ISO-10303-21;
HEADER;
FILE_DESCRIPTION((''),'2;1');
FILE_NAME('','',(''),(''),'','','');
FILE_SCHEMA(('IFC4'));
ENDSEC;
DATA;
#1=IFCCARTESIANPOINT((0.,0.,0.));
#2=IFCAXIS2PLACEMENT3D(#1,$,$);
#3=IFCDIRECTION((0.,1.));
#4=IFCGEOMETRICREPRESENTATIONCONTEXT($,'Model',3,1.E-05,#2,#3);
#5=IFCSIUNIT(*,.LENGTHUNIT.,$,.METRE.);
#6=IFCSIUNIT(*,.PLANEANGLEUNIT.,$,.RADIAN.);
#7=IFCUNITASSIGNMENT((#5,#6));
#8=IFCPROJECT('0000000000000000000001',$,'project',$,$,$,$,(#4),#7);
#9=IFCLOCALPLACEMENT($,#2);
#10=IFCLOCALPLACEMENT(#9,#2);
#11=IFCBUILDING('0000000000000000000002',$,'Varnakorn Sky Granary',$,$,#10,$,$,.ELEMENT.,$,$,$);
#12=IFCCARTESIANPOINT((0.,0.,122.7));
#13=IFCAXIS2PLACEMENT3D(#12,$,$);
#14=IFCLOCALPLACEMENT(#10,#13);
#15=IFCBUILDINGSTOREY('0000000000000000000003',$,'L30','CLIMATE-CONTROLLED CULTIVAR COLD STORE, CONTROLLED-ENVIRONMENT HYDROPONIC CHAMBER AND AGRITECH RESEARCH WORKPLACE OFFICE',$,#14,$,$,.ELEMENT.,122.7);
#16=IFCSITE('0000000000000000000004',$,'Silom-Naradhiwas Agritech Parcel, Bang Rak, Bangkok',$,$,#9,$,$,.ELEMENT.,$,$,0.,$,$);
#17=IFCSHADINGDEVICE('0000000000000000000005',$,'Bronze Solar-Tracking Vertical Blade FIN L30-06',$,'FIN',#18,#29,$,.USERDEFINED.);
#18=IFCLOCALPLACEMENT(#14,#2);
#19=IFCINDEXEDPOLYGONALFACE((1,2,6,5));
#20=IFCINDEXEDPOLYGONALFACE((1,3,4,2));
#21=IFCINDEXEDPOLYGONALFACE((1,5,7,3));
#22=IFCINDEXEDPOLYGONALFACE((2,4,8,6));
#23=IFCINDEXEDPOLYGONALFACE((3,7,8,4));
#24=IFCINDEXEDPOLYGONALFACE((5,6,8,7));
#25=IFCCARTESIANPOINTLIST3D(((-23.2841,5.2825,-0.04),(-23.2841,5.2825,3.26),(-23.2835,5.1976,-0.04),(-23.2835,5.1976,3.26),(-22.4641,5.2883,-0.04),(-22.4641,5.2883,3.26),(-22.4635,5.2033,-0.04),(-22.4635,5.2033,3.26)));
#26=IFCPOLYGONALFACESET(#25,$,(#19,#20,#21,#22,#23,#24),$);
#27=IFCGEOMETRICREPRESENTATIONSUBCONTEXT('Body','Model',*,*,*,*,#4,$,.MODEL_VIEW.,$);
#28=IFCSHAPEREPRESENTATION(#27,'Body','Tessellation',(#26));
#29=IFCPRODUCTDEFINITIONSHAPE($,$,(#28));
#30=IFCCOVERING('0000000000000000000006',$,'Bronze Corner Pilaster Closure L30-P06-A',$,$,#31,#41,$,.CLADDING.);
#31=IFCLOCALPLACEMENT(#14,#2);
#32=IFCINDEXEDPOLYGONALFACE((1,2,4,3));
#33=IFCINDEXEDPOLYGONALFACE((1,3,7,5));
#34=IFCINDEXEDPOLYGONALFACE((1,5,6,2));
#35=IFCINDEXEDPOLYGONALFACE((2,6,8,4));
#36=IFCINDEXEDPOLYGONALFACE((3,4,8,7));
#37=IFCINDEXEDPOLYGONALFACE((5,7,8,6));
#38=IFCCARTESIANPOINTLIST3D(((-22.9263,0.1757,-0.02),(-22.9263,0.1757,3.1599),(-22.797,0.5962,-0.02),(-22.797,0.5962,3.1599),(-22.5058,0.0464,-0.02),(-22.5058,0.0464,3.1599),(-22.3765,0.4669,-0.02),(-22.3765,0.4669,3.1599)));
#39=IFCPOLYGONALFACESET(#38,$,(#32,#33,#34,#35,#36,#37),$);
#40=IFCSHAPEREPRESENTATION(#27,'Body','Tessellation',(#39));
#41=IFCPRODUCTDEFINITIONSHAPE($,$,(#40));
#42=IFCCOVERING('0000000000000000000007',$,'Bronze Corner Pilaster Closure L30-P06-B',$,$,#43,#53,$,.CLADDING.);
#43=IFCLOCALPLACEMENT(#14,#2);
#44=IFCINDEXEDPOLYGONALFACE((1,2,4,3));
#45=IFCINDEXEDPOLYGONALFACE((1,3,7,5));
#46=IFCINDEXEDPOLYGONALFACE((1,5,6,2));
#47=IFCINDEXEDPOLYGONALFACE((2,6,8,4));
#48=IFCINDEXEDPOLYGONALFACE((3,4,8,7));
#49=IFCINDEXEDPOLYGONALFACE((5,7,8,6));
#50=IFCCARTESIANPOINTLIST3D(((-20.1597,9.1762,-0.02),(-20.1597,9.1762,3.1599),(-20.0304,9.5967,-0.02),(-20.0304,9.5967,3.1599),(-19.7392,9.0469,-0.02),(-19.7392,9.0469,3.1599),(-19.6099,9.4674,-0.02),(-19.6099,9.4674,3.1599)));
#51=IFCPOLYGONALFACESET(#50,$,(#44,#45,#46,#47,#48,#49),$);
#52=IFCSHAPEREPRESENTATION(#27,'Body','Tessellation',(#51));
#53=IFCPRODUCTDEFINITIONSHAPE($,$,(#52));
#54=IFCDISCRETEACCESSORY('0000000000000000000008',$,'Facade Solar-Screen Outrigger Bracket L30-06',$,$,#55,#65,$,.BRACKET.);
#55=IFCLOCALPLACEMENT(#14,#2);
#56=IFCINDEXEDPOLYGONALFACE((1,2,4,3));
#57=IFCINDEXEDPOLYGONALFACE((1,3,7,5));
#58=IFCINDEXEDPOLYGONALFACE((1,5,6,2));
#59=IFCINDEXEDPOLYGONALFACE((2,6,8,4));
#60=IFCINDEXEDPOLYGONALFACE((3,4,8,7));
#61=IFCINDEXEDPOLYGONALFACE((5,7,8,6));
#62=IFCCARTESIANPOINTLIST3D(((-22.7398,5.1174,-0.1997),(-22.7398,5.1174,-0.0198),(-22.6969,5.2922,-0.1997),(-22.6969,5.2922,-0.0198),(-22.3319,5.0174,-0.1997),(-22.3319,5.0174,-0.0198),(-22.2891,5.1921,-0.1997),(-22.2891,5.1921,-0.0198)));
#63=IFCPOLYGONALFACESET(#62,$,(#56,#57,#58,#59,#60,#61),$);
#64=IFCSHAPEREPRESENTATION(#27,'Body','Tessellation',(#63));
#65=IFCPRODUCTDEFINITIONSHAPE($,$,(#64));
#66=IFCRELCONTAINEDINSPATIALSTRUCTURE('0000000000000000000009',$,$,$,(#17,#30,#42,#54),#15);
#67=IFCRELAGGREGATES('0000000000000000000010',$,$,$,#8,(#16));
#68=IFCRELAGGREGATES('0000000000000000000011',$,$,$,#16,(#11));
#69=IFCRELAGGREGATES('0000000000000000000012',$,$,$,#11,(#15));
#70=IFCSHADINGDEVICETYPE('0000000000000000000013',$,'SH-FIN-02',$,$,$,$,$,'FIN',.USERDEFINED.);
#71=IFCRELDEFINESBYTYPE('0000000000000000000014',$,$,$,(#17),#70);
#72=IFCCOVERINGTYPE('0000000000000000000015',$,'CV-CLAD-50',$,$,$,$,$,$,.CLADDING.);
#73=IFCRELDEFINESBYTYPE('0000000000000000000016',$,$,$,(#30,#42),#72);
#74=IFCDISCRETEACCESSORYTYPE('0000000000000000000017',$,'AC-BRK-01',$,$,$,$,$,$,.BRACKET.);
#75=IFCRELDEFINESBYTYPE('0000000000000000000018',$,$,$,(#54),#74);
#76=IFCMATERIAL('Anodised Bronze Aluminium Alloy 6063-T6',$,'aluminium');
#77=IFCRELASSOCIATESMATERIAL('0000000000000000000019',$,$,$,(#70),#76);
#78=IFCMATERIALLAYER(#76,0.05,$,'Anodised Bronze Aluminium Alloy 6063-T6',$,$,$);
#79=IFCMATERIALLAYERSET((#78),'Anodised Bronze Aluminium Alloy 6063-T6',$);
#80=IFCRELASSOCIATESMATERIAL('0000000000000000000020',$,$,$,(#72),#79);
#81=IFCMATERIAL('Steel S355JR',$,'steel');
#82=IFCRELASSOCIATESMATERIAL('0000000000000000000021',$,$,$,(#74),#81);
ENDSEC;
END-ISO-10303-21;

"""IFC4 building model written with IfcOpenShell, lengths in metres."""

from ifc_helpers import new_model, si_unit, direction, frame, origin, origin_2d, place, context, subcontext, project, spatial, rectangle, extrude, source, transform, mapped, material, layer, layer_set, type_object, type_shapes, element, save


model = new_model("IFC4")

# Units and contexts
model_context = context("Model", 3, precision=1e-05, world=origin(), true_north=direction((0.0, 1.0)))
body_context = subcontext(model_context, "Body", "Model", "MODEL_VIEW")
ifc_project = project(units=[si_unit("LENGTHUNIT", "METRE"), si_unit("PLANEANGLEUNIT", "RADIAN")], contexts=[model_context])

# Site, building, storey
site_placement = place(None, origin())
site = spatial("IfcSite", under=ifc_project, at=site_placement, Name="Silom-Naradhiwas Agritech Parcel, Bang Rak, Bangkok", CompositionType="ELEMENT", RefElevation=0.0)
building_placement = place(site_placement, origin())
building = spatial("IfcBuilding", under=site, at=building_placement, Name="Varnakorn Sky Granary", CompositionType="ELEMENT")
storey_placement = place(building_placement, frame((0.0, 0.0, 122.7)))
storey = spatial("IfcBuildingStorey", under=building, at=storey_placement, Name="L30", Description="CLIMATE-CONTROLLED CULTIVAR COLD STORE, CONTROLLED-ENVIRONMENT HYDROPONIC CHAMBER AND AGRITECH RESEARCH WORKPLACE OFFICE", CompositionType="ELEMENT", Elevation=122.7)

# Shared definitions
ifc_material_1 = material(Name="Steel S355JR", Category="steel")

# Shared definitions
ifc_material_2 = material(Name="Anodised Bronze Aluminium Alloy 6063-T6", Category="aluminium")

# Shading device
shading_device_type = type_object("IfcShadingDeviceType", Name="SH-FIN-02", ElementType="FIN", PredefinedType="USERDEFINED", material=ifc_material_2)
shared_shape_1 = source(origin(), body_context, "Body", "SweptSolid", [
    extrude(rectangle(XDim=0.085, YDim=0.8201, at=origin_2d()), origin(), (0.0, 0.0, 1.0), 3.3),
])
type_shapes(shading_device_type, [shared_shape_1])
shading_device_placement = place(storey_placement, frame((-22.8738, 5.2429, -0.04), z_axis=(0.0, 0.0, 1.0), x_axis=(0.007005, -0.999975, 0.0)))
element("IfcShadingDevice", 1, at=shading_device_placement, inside=storey, type_object=shading_device_type, Name="Bronze Solar-Tracking Vertical Blade FIN L30-06", ObjectType="FIN", PredefinedType="USERDEFINED", context=body_context, shape_type="MappedRepresentation", body=[
    mapped(shared_shape_1, transform((0.0, 0.0, 0.0), x_axis=(1.0, 0.0, 0.0), y_axis=(0.0, 1.0, 0.0), z_axis=(0.0, 0.0, 1.0), scale=1.0)),
])

# Coverings
ifc_layer_1 = layer(ifc_material_2, 0.05, Name="Anodised Bronze Aluminium Alloy 6063-T6")
ifc_layer_set_1 = layer_set([ifc_layer_1], Name="Anodised Bronze Aluminium Alloy 6063-T6")
covering_type = type_object("IfcCoveringType", Name="CV-CLAD-50", PredefinedType="CLADDING", material=ifc_layer_set_1)
shared_shape_2 = source(origin(), body_context, "Body", "SweptSolid", [
    extrude(rectangle(XDim=0.4399, YDim=0.4399, at=origin_2d()), origin(), (0.0, 0.0, 1.0), 3.1799),
])
type_shapes(covering_type, [shared_shape_2])
for number, where, z_axis, x_axis, name in (
    (2, (-22.6514, 0.3213, -0.02), (0.0, 0.0, 1.0), (0.293874, 0.955844, 0.0), "Bronze Corner Pilaster Closure L30-P06-A"),
    (3, (-19.8848, 9.3218, -0.02), (0.0, 0.0, 1.0), (0.293874, 0.955844, 0.0), "Bronze Corner Pilaster Closure L30-P06-B"),
):
    element("IfcCovering", number, at=place(storey_placement, frame(where, z_axis=z_axis, x_axis=x_axis)), inside=storey, type_object=covering_type, Name=name, PredefinedType="CLADDING", context=body_context, shape_type="MappedRepresentation", body=[
        mapped(shared_shape_2, transform((0.0, 0.0, 0.0), x_axis=(1.0, 0.0, 0.0), y_axis=(0.0, 1.0, 0.0), z_axis=(0.0, 0.0, 1.0), scale=1.0)),
    ])

# Discrete accessory
discrete_accessory_type = type_object("IfcDiscreteAccessoryType", Name="AC-BRK-01", PredefinedType="BRACKET", material=ifc_material_1)
shared_shape_3 = source(origin(), body_context, "Body", "SweptSolid", [
    extrude(rectangle(XDim=0.1799, YDim=0.4199, at=origin_2d()), origin(), (0.0, 0.0, 1.0), 0.1799),
])
type_shapes(discrete_accessory_type, [shared_shape_3])
discrete_accessory_placement = place(storey_placement, frame((-22.5144, 5.1548, -0.1997), z_axis=(0.0, 0.0, 1.0), x_axis=(-0.238236, -0.971207, 0.0)))
element("IfcDiscreteAccessory", 4, at=discrete_accessory_placement, inside=storey, type_object=discrete_accessory_type, Name="Facade Solar-Screen Outrigger Bracket L30-06", PredefinedType="BRACKET", context=body_context, shape_type="MappedRepresentation", body=[
    mapped(shared_shape_3, transform((0.0, 0.0, 0.0), x_axis=(1.0, 0.0, 0.0), y_axis=(0.0, 1.0, 0.0), z_axis=(0.0, 0.0, 1.0), scale=1.0)),
])

save(model, "model.ifc")
